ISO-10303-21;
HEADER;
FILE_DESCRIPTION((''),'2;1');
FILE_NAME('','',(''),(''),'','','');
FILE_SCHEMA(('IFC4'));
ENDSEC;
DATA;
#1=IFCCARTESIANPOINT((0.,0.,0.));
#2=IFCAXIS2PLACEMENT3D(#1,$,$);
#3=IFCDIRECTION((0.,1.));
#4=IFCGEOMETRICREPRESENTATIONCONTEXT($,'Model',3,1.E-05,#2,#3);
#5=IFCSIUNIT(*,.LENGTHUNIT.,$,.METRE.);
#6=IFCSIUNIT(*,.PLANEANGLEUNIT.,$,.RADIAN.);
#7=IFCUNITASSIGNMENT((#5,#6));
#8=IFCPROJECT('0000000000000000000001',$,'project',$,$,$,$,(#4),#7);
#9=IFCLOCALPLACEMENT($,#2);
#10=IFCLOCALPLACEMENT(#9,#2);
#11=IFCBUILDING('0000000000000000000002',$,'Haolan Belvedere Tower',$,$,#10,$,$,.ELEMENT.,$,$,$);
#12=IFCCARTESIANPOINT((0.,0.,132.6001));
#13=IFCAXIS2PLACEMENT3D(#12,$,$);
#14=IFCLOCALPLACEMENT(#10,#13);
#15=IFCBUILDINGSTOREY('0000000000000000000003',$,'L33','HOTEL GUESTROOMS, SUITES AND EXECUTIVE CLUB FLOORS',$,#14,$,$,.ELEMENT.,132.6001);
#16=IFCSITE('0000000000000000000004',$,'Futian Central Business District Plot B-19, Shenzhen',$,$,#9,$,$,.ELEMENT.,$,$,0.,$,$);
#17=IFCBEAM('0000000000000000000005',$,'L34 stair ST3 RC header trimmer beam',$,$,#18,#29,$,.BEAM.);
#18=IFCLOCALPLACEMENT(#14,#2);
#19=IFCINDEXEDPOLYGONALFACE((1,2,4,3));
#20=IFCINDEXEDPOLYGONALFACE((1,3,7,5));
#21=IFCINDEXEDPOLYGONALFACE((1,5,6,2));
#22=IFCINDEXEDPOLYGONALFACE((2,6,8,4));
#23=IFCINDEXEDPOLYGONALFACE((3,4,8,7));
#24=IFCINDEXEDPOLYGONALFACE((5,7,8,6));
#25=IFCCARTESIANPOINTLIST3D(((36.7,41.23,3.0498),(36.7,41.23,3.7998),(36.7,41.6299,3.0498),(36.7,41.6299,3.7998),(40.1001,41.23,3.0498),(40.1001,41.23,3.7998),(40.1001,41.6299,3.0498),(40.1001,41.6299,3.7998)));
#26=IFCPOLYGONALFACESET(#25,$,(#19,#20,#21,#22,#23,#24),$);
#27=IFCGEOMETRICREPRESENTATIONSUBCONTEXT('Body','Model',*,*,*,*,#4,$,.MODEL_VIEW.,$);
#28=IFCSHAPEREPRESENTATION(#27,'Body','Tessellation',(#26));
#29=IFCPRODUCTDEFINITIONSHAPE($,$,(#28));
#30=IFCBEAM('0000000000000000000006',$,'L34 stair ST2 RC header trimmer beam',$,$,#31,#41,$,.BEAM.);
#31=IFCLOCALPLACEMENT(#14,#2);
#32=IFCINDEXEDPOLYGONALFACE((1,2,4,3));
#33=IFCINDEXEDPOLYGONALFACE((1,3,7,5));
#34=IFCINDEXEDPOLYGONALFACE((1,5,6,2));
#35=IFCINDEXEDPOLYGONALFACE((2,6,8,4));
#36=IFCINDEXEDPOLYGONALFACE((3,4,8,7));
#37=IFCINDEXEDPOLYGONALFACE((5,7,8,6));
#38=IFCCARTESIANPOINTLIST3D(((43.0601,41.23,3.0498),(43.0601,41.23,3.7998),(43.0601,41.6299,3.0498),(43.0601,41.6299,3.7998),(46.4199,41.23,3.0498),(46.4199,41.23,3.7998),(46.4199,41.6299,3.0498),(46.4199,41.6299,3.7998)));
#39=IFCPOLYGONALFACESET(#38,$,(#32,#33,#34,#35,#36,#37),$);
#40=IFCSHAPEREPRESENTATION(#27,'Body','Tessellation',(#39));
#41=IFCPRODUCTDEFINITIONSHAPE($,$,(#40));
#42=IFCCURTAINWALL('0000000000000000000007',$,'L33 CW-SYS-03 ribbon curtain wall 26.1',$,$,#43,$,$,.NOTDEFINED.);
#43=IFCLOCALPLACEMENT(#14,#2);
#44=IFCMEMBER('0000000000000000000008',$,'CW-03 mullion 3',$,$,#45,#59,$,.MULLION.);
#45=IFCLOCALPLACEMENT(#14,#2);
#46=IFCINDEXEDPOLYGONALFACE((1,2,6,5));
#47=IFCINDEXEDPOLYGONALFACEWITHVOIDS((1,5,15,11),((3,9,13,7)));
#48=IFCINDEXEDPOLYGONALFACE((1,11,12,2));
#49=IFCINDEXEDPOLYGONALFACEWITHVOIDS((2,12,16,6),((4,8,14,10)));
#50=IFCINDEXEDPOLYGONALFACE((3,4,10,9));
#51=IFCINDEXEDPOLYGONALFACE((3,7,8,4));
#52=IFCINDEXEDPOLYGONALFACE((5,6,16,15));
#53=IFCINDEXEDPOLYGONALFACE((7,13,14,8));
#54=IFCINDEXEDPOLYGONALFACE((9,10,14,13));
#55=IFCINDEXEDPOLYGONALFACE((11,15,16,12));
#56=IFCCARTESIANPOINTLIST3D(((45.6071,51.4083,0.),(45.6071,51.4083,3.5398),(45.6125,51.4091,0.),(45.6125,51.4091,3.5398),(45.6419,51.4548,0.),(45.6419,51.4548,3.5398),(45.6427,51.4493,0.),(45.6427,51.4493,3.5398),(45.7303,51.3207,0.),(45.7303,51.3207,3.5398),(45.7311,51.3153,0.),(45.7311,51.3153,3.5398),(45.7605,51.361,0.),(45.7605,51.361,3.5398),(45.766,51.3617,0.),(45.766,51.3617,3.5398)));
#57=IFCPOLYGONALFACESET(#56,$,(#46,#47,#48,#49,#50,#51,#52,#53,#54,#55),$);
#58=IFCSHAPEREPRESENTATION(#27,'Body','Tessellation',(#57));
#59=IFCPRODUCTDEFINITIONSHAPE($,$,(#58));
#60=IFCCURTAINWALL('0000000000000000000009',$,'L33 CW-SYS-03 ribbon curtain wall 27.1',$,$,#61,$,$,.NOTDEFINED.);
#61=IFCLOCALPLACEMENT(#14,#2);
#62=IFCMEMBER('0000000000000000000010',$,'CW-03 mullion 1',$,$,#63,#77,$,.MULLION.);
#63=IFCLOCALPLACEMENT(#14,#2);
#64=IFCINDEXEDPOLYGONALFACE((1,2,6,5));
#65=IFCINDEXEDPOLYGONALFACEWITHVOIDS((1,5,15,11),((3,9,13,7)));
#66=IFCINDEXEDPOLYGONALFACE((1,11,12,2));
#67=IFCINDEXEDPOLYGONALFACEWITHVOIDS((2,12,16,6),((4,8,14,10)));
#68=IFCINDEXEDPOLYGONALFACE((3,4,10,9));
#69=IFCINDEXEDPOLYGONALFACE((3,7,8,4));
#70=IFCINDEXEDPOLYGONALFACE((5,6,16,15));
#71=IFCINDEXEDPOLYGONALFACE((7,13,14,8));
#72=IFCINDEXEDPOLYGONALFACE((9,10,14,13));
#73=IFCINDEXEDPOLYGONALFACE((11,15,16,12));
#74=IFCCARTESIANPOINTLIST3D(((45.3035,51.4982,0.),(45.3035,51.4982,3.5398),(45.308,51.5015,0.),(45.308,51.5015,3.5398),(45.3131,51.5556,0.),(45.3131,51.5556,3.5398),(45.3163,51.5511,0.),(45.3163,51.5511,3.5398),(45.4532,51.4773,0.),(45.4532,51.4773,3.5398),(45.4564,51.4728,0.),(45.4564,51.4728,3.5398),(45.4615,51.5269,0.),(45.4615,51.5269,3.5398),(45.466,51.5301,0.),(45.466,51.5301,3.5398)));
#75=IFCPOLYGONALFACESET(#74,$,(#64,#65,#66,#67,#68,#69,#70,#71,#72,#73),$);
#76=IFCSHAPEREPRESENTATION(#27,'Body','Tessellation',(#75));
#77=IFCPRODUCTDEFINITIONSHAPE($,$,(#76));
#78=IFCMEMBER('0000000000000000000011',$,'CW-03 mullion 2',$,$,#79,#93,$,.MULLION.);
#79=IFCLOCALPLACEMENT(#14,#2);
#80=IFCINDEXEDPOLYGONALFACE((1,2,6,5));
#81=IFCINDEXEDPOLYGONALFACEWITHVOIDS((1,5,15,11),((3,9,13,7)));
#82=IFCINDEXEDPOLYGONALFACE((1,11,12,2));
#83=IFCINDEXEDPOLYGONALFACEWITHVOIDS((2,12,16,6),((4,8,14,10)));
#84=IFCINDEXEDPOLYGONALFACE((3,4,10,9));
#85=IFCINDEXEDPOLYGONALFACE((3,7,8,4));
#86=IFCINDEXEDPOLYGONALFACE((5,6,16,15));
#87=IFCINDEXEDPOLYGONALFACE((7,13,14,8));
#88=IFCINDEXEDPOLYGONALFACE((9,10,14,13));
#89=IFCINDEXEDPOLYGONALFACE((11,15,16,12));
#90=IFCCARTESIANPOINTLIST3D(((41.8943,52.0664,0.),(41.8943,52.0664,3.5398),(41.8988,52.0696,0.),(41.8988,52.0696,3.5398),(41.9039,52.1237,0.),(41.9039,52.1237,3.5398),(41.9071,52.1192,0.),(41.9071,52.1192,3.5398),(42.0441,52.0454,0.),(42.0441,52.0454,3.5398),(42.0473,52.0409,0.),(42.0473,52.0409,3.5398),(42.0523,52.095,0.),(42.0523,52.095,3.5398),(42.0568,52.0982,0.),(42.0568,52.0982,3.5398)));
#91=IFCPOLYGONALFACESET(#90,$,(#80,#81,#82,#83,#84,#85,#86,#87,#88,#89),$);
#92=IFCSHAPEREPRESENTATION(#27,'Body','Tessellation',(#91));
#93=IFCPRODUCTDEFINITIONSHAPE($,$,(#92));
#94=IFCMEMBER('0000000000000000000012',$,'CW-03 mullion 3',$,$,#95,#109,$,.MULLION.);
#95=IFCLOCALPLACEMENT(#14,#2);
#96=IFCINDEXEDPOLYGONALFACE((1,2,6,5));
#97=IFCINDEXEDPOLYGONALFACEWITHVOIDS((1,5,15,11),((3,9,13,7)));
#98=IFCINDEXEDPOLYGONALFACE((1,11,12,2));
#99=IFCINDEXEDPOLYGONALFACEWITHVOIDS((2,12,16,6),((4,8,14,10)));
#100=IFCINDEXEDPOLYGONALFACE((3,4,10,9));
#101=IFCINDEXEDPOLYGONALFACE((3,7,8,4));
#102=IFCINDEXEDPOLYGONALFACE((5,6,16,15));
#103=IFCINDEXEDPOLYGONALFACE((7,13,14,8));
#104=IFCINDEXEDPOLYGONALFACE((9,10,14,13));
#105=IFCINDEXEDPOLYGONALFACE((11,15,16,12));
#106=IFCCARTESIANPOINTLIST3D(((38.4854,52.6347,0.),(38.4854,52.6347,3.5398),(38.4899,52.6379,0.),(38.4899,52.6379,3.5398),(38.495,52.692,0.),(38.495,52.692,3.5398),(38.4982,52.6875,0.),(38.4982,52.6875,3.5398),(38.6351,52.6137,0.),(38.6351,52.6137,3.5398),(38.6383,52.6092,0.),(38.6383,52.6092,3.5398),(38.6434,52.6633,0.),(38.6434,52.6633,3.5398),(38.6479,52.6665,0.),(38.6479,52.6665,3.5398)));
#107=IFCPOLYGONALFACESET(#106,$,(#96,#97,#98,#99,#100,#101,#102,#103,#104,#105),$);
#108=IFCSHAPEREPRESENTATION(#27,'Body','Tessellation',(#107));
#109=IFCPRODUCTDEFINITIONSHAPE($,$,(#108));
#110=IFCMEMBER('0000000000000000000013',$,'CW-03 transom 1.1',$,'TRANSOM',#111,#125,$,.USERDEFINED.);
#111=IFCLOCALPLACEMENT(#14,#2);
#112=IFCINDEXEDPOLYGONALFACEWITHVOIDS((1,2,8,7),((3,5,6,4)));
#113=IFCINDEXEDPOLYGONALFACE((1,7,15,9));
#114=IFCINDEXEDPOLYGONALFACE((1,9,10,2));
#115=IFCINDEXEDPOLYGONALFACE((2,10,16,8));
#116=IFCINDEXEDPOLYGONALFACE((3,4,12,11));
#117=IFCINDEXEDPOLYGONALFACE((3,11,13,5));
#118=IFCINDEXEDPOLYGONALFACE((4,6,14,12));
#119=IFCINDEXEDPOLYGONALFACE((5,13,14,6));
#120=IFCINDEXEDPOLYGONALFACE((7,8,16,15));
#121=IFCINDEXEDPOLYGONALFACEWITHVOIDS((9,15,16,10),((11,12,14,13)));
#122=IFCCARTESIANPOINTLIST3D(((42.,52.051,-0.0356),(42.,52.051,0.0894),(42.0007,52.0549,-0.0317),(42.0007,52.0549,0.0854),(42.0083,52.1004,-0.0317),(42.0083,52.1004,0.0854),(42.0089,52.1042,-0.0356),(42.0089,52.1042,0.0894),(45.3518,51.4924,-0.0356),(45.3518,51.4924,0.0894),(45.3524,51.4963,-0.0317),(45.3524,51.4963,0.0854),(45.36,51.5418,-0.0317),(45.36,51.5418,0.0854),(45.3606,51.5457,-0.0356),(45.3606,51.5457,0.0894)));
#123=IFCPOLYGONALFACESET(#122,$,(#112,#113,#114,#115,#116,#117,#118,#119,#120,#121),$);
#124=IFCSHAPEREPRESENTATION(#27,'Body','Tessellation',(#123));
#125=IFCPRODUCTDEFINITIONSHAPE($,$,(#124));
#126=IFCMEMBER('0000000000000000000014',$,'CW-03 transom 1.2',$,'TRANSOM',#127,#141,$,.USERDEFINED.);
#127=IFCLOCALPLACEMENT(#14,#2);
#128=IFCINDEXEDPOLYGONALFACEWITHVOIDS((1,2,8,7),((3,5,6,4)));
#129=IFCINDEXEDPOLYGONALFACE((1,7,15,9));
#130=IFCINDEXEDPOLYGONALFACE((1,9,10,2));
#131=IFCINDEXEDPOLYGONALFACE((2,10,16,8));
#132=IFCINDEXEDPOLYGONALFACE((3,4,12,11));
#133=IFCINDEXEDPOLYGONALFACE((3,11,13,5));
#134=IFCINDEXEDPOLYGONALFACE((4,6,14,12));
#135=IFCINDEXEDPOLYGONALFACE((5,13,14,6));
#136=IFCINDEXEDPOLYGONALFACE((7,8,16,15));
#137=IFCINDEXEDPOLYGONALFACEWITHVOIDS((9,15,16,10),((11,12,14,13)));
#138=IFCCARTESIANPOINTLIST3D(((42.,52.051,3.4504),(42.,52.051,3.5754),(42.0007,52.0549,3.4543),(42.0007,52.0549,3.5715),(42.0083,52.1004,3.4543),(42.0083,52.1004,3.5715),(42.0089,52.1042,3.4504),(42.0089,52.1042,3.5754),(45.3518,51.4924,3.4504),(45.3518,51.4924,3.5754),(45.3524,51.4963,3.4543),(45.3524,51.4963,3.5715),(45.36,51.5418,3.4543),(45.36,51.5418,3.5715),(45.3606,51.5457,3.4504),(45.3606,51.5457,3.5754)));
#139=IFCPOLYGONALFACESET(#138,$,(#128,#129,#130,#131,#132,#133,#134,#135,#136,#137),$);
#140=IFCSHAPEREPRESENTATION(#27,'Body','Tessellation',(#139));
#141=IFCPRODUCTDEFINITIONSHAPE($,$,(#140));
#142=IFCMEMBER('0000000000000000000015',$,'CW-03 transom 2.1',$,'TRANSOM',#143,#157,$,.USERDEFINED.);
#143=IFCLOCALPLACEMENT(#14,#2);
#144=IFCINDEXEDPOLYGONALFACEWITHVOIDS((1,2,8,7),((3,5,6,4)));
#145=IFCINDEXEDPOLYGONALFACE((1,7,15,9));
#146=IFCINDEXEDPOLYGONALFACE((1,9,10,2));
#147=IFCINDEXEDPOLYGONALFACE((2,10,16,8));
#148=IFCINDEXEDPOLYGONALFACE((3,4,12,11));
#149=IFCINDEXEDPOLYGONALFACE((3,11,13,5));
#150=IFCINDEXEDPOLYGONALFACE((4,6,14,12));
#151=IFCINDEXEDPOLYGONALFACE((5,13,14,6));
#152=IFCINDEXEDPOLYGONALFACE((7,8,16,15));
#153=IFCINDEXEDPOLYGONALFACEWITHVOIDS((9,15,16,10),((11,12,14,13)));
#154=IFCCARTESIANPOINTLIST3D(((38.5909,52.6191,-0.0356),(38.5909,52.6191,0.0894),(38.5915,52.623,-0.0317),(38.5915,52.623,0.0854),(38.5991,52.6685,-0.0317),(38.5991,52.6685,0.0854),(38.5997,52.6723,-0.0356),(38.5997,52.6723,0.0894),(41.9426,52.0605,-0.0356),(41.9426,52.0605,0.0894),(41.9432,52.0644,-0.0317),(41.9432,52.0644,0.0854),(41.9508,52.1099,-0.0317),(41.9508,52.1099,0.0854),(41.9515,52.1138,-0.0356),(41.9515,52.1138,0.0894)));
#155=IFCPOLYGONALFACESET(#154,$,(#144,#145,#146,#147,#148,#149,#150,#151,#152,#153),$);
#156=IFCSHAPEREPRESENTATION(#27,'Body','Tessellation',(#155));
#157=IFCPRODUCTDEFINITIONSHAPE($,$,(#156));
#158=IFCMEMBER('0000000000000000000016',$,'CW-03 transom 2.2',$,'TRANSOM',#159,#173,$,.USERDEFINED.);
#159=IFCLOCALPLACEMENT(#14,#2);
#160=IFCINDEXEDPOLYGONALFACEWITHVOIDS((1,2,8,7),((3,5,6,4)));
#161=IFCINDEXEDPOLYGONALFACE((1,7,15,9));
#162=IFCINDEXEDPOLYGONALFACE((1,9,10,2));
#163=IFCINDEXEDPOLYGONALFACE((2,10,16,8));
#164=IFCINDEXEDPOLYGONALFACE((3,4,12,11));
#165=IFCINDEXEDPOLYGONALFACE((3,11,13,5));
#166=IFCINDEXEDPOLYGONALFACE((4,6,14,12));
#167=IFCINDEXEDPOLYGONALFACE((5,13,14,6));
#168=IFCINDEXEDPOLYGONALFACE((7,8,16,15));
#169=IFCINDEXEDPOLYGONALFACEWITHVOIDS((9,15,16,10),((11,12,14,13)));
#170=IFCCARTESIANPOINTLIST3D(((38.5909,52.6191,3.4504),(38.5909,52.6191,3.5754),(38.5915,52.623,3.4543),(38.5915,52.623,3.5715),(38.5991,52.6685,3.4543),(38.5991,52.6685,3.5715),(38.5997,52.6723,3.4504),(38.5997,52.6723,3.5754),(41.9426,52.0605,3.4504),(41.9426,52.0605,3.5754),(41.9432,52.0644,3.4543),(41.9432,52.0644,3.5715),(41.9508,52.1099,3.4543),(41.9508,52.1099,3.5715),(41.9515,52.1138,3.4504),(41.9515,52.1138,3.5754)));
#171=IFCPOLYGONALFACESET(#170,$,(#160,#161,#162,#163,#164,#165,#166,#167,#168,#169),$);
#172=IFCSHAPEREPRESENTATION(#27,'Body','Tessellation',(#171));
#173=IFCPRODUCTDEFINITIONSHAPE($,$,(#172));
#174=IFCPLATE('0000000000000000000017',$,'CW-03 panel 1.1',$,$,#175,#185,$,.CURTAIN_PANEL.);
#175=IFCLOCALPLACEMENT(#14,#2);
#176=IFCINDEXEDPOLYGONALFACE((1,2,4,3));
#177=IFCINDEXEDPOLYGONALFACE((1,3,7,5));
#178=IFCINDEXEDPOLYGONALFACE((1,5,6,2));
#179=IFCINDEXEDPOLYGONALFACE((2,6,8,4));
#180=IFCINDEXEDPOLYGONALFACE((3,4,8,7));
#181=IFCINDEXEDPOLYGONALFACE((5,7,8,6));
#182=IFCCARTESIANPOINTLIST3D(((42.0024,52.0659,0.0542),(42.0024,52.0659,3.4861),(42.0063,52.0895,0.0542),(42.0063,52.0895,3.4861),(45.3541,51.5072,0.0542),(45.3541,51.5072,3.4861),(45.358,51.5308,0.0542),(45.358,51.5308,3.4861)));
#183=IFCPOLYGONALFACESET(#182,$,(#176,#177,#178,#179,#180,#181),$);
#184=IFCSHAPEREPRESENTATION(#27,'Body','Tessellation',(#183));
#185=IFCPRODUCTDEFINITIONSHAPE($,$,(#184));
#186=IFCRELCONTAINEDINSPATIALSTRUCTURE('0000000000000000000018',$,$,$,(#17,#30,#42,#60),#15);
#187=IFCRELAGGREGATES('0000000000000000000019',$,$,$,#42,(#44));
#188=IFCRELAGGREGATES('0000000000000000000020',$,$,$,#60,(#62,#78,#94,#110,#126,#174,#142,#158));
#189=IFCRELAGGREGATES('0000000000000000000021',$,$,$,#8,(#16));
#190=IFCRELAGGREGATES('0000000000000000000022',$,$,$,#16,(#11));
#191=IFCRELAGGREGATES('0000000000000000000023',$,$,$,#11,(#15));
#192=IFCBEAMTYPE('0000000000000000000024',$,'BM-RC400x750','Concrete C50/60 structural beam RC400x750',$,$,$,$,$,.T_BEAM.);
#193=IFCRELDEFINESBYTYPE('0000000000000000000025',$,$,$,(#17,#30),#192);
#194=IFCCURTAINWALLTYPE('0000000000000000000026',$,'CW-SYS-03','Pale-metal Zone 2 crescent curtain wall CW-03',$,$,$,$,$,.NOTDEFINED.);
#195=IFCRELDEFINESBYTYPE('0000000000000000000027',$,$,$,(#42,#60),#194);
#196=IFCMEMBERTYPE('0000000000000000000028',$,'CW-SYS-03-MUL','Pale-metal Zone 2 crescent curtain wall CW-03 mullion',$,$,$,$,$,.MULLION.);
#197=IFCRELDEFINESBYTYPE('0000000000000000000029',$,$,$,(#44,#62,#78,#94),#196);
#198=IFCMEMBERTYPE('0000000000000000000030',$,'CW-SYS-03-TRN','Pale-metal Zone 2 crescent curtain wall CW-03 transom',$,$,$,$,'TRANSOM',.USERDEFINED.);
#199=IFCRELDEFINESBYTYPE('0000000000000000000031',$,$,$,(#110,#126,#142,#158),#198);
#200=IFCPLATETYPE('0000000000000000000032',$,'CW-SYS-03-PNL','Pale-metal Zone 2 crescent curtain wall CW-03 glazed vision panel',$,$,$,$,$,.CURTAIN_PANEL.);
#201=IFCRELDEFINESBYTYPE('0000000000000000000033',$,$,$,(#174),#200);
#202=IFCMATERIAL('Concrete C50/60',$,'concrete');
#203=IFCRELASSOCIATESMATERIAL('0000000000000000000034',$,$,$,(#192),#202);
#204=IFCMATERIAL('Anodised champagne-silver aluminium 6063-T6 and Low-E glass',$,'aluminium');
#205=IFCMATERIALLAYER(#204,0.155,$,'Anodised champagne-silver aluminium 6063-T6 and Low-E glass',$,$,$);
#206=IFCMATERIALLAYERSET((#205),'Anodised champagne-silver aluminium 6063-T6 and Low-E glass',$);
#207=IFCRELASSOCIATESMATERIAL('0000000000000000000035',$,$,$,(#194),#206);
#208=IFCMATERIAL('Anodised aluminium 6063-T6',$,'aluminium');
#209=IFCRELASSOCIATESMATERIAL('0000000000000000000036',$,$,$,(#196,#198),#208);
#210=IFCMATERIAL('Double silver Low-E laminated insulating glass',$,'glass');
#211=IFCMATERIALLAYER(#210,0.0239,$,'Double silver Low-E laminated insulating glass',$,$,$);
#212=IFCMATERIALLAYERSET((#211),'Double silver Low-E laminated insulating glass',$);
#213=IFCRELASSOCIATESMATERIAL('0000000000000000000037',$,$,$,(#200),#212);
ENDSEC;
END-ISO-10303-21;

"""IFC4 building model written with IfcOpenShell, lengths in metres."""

from ifc_helpers import new_model, si_unit, direction, frame, origin, origin_2d, place, context, subcontext, project, spatial, rectangle, hollow_rectangle, extrude, material, layer, layer_set, material_profile, profile_set, type_object, element, aggregate, save


model = new_model("IFC4")

# Units and contexts
model_context = context("Model", 3, precision=1e-05, world=origin(), true_north=direction((0.0, 1.0)))
body_context = subcontext(model_context, "Body", "Model", "MODEL_VIEW")
ifc_project = project(units=[si_unit("LENGTHUNIT", "METRE"), si_unit("PLANEANGLEUNIT", "RADIAN")], contexts=[model_context])

# Site, building, storey
site_placement = place(None, origin())
site = spatial("IfcSite", under=ifc_project, at=site_placement, Name="Futian Central Business District Plot B-19, Shenzhen", CompositionType="ELEMENT", RefElevation=0.0)
building_placement = place(site_placement, origin())
building = spatial("IfcBuilding", under=site, at=building_placement, Name="Haolan Belvedere Tower", CompositionType="ELEMENT")
storey_placement = place(building_placement, frame((0.0, 0.0, 132.6001)))
storey = spatial("IfcBuildingStorey", under=building, at=storey_placement, Name="L33", Description="HOTEL GUESTROOMS, SUITES AND EXECUTIVE CLUB FLOORS", CompositionType="ELEMENT", Elevation=132.6001)

# Beams
ifc_material_1 = material(Name="Concrete C50/60", Category="concrete")
ifc_material_profile_1 = material_profile(ifc_material_1, rectangle(XDim=0.3999, YDim=0.75, at=origin_2d()), Name="Concrete C50/60")
ifc_profile_set_1 = profile_set([ifc_material_profile_1], Name="Concrete C50/60")
beam_type_1 = type_object("IfcBeamType", Name="BM-RC400x750", Description="Concrete C50/60 structural beam RC400x750", PredefinedType="T_BEAM", material=ifc_profile_set_1)
beam_1_placement = place(storey_placement, frame((36.7, 41.4299, 3.4248), z_axis=(1.0, 0.0, 0.0), x_axis=(0.0, 1.0, 0.0)))
element("IfcBeam", 1, at=beam_1_placement, inside=storey, type_object=beam_type_1, Name="L34 stair ST3 RC header trimmer beam", PredefinedType="BEAM", context=body_context, shape_type="SweptSolid", body=[
    extrude(rectangle(XDim=0.3999, YDim=0.75, at=origin_2d()), origin(), (0.0, 0.0, 1.0), 3.4001),
])
beam_2_placement = place(storey_placement, frame((43.0601, 41.4299, 3.4248), z_axis=(1.0, 0.0, 0.0), x_axis=(0.0, 1.0, 0.0)))
element("IfcBeam", 2, at=beam_2_placement, inside=storey, type_object=beam_type_1, Name="L34 stair ST2 RC header trimmer beam", PredefinedType="BEAM", context=body_context, shape_type="SweptSolid", body=[
    extrude(rectangle(XDim=0.3999, YDim=0.75, at=origin_2d()), origin(), (0.0, 0.0, 1.0), 3.3599),
])

# Curtain wall, member
ifc_material_2 = material(Name="Anodised champagne-silver aluminium 6063-T6 and Low-E glass", Category="aluminium")
ifc_layer_1 = layer(ifc_material_2, 0.155, Name="Anodised champagne-silver aluminium 6063-T6 and Low-E glass")
ifc_layer_set_1 = layer_set([ifc_layer_1], Name="Anodised champagne-silver aluminium 6063-T6 and Low-E glass")
curtain_wall_type = type_object("IfcCurtainWallType", Name="CW-SYS-03", Description="Pale-metal Zone 2 crescent curtain wall CW-03", PredefinedType="NOTDEFINED", material=ifc_layer_set_1)
curtain_wall_1_placement = place(storey_placement, origin())
curtain_wall_1 = element("IfcCurtainWall", 3, at=curtain_wall_1_placement, inside=storey, type_object=curtain_wall_type, Name="L33 CW-SYS-03 ribbon curtain wall 26.1", PredefinedType="NOTDEFINED")
ifc_material_3 = material(Name="Anodised aluminium 6063-T6", Category="aluminium")
ifc_material_profile_2 = material_profile(ifc_material_3, hollow_rectangle(XDim=0.0581, YDim=0.155, WallThickness=0.0039, at=origin_2d()), Name="Anodised aluminium 6063-T6")
ifc_profile_set_2 = profile_set([ifc_material_profile_2], Name="Anodised aluminium 6063-T6")
member_type_1 = type_object("IfcMemberType", Name="CW-SYS-03-MUL", Description="Pale-metal Zone 2 crescent curtain wall CW-03 mullion", PredefinedType="MULLION", material=ifc_profile_set_2)
member_1_placement = place(storey_placement, frame((45.6865, 51.385, 0.0), z_axis=(0.0, 0.0, 1.0), x_axis=(-0.599994, -0.800004, 0.0)))
member_1 = element("IfcMember", 4, at=member_1_placement, type_object=member_type_1, Name="CW-03 mullion 3", PredefinedType="MULLION", context=body_context, shape_type="SweptSolid", body=[
    extrude(hollow_rectangle(XDim=0.0581, YDim=0.155, WallThickness=0.0039, at=origin_2d()), origin(), (0.0, 0.0, 1.0), 3.5398),
])
aggregate(curtain_wall_1, [member_1])

# Curtain wall, members, plate
curtain_wall_2_placement = place(storey_placement, origin())
curtain_wall_2 = element("IfcCurtainWall", 5, at=curtain_wall_2_placement, inside=storey, type_object=curtain_wall_type, Name="L33 CW-SYS-03 ribbon curtain wall 27.1", PredefinedType="NOTDEFINED")
member_2_placement = place(storey_placement, frame((45.3848, 51.5142, 0.0), z_axis=(0.0, 0.0, 1.0), x_axis=(-0.164404, -0.986393, 0.0)))
member_2 = element("IfcMember", 6, at=member_2_placement, type_object=member_type_1, Name="CW-03 mullion 1", PredefinedType="MULLION", context=body_context, shape_type="SweptSolid", body=[
    extrude(hollow_rectangle(XDim=0.0581, YDim=0.155, WallThickness=0.0039, at=origin_2d()), origin(), (0.0, 0.0, 1.0), 3.5398),
])
member_3_placement = place(storey_placement, frame((41.9756, 52.0823, 0.0), z_axis=(0.0, 0.0, 1.0), x_axis=(-0.164404, -0.986393, 0.0)))
member_3 = element("IfcMember", 7, at=member_3_placement, type_object=member_type_1, Name="CW-03 mullion 2", PredefinedType="MULLION", context=body_context, shape_type="SweptSolid", body=[
    extrude(hollow_rectangle(XDim=0.0581, YDim=0.155, WallThickness=0.0039, at=origin_2d()), origin(), (0.0, 0.0, 1.0), 3.5398),
])
member_4_placement = place(storey_placement, frame((38.5667, 52.6506, 0.0), z_axis=(0.0, 0.0, 1.0), x_axis=(-0.164404, -0.986393, 0.0)))
member_4 = element("IfcMember", 8, at=member_4_placement, type_object=member_type_1, Name="CW-03 mullion 3", PredefinedType="MULLION", context=body_context, shape_type="SweptSolid", body=[
    extrude(hollow_rectangle(XDim=0.0581, YDim=0.155, WallThickness=0.0039, at=origin_2d()), origin(), (0.0, 0.0, 1.0), 3.5398),
])
ifc_material_profile_3 = material_profile(ifc_material_3, hollow_rectangle(XDim=0.054, YDim=0.125, WallThickness=0.0039, at=origin_2d()), Name="Anodised aluminium 6063-T6")
ifc_profile_set_3 = profile_set([ifc_material_profile_3], Name="Anodised aluminium 6063-T6")
member_type_2 = type_object("IfcMemberType", Name="CW-SYS-03-TRN", Description="Pale-metal Zone 2 crescent curtain wall CW-03 transom", ElementType="TRANSOM", PredefinedType="USERDEFINED", material=ifc_profile_set_3)
member_5_placement = place(storey_placement, frame((45.3562, 51.519, 0.0269), z_axis=(-0.986396, 0.164387, 0.0), x_axis=(-0.164387, -0.986396, 0.0)))
member_5 = element("IfcMember", 9, at=member_5_placement, type_object=member_type_2, Name="CW-03 transom 1.1", ObjectType="TRANSOM", PredefinedType="USERDEFINED", context=body_context, shape_type="SweptSolid", body=[
    extrude(hollow_rectangle(XDim=0.054, YDim=0.125, WallThickness=0.0039, at=origin_2d()), origin(), (0.0, 0.0, 1.0), 3.3979),
])
member_6_placement = place(storey_placement, frame((45.3562, 51.519, 3.5129), z_axis=(-0.986396, 0.164387, 0.0), x_axis=(-0.164387, -0.986396, 0.0)))
member_6 = element("IfcMember", 10, at=member_6_placement, type_object=member_type_2, Name="CW-03 transom 1.2", ObjectType="TRANSOM", PredefinedType="USERDEFINED", context=body_context, shape_type="SweptSolid", body=[
    extrude(hollow_rectangle(XDim=0.054, YDim=0.125, WallThickness=0.0039, at=origin_2d()), origin(), (0.0, 0.0, 1.0), 3.3979),
])
member_7_placement = place(storey_placement, frame((41.947, 52.0872, 0.0269), z_axis=(-0.986396, 0.164387, 0.0), x_axis=(-0.164387, -0.986396, 0.0)))
member_7 = element("IfcMember", 11, at=member_7_placement, type_object=member_type_2, Name="CW-03 transom 2.1", ObjectType="TRANSOM", PredefinedType="USERDEFINED", context=body_context, shape_type="SweptSolid", body=[
    extrude(hollow_rectangle(XDim=0.054, YDim=0.125, WallThickness=0.0039, at=origin_2d()), origin(), (0.0, 0.0, 1.0), 3.3979),
])
member_8_placement = place(storey_placement, frame((41.947, 52.0872, 3.5129), z_axis=(-0.986396, 0.164387, 0.0), x_axis=(-0.164387, -0.986396, 0.0)))
member_8 = element("IfcMember", 12, at=member_8_placement, type_object=member_type_2, Name="CW-03 transom 2.2", ObjectType="TRANSOM", PredefinedType="USERDEFINED", context=body_context, shape_type="SweptSolid", body=[
    extrude(hollow_rectangle(XDim=0.054, YDim=0.125, WallThickness=0.0039, at=origin_2d()), origin(), (0.0, 0.0, 1.0), 3.3979),
])
ifc_material_4 = material(Name="Double silver Low-E laminated insulating glass", Category="glass")
ifc_layer_2 = layer(ifc_material_4, 0.0239, Name="Double silver Low-E laminated insulating glass")
ifc_layer_set_2 = layer_set([ifc_layer_2], Name="Double silver Low-E laminated insulating glass")
plate_type = type_object("IfcPlateType", Name="CW-SYS-03-PNL", Description="Pale-metal Zone 2 crescent curtain wall CW-03 glazed vision panel", PredefinedType="CURTAIN_PANEL", material=ifc_layer_set_2)
plate_1_placement = place(storey_placement, frame((43.6802, 51.7983, 0.0542), z_axis=(0.0, 0.0, 1.0), x_axis=(-0.986393, 0.164404, 0.0)))
plate_1 = element("IfcPlate", 13, at=plate_1_placement, type_object=plate_type, Name="CW-03 panel 1.1", PredefinedType="CURTAIN_PANEL", context=body_context, shape_type="SweptSolid", body=[
    extrude(rectangle(XDim=3.3979, YDim=0.0239, at=origin_2d()), origin(), (0.0, 0.0, 1.0), 3.4319),
])
aggregate(curtain_wall_2, [member_2, member_3, member_4, member_5, member_6, plate_1, member_7, member_8])

save(model, "model.ifc")
